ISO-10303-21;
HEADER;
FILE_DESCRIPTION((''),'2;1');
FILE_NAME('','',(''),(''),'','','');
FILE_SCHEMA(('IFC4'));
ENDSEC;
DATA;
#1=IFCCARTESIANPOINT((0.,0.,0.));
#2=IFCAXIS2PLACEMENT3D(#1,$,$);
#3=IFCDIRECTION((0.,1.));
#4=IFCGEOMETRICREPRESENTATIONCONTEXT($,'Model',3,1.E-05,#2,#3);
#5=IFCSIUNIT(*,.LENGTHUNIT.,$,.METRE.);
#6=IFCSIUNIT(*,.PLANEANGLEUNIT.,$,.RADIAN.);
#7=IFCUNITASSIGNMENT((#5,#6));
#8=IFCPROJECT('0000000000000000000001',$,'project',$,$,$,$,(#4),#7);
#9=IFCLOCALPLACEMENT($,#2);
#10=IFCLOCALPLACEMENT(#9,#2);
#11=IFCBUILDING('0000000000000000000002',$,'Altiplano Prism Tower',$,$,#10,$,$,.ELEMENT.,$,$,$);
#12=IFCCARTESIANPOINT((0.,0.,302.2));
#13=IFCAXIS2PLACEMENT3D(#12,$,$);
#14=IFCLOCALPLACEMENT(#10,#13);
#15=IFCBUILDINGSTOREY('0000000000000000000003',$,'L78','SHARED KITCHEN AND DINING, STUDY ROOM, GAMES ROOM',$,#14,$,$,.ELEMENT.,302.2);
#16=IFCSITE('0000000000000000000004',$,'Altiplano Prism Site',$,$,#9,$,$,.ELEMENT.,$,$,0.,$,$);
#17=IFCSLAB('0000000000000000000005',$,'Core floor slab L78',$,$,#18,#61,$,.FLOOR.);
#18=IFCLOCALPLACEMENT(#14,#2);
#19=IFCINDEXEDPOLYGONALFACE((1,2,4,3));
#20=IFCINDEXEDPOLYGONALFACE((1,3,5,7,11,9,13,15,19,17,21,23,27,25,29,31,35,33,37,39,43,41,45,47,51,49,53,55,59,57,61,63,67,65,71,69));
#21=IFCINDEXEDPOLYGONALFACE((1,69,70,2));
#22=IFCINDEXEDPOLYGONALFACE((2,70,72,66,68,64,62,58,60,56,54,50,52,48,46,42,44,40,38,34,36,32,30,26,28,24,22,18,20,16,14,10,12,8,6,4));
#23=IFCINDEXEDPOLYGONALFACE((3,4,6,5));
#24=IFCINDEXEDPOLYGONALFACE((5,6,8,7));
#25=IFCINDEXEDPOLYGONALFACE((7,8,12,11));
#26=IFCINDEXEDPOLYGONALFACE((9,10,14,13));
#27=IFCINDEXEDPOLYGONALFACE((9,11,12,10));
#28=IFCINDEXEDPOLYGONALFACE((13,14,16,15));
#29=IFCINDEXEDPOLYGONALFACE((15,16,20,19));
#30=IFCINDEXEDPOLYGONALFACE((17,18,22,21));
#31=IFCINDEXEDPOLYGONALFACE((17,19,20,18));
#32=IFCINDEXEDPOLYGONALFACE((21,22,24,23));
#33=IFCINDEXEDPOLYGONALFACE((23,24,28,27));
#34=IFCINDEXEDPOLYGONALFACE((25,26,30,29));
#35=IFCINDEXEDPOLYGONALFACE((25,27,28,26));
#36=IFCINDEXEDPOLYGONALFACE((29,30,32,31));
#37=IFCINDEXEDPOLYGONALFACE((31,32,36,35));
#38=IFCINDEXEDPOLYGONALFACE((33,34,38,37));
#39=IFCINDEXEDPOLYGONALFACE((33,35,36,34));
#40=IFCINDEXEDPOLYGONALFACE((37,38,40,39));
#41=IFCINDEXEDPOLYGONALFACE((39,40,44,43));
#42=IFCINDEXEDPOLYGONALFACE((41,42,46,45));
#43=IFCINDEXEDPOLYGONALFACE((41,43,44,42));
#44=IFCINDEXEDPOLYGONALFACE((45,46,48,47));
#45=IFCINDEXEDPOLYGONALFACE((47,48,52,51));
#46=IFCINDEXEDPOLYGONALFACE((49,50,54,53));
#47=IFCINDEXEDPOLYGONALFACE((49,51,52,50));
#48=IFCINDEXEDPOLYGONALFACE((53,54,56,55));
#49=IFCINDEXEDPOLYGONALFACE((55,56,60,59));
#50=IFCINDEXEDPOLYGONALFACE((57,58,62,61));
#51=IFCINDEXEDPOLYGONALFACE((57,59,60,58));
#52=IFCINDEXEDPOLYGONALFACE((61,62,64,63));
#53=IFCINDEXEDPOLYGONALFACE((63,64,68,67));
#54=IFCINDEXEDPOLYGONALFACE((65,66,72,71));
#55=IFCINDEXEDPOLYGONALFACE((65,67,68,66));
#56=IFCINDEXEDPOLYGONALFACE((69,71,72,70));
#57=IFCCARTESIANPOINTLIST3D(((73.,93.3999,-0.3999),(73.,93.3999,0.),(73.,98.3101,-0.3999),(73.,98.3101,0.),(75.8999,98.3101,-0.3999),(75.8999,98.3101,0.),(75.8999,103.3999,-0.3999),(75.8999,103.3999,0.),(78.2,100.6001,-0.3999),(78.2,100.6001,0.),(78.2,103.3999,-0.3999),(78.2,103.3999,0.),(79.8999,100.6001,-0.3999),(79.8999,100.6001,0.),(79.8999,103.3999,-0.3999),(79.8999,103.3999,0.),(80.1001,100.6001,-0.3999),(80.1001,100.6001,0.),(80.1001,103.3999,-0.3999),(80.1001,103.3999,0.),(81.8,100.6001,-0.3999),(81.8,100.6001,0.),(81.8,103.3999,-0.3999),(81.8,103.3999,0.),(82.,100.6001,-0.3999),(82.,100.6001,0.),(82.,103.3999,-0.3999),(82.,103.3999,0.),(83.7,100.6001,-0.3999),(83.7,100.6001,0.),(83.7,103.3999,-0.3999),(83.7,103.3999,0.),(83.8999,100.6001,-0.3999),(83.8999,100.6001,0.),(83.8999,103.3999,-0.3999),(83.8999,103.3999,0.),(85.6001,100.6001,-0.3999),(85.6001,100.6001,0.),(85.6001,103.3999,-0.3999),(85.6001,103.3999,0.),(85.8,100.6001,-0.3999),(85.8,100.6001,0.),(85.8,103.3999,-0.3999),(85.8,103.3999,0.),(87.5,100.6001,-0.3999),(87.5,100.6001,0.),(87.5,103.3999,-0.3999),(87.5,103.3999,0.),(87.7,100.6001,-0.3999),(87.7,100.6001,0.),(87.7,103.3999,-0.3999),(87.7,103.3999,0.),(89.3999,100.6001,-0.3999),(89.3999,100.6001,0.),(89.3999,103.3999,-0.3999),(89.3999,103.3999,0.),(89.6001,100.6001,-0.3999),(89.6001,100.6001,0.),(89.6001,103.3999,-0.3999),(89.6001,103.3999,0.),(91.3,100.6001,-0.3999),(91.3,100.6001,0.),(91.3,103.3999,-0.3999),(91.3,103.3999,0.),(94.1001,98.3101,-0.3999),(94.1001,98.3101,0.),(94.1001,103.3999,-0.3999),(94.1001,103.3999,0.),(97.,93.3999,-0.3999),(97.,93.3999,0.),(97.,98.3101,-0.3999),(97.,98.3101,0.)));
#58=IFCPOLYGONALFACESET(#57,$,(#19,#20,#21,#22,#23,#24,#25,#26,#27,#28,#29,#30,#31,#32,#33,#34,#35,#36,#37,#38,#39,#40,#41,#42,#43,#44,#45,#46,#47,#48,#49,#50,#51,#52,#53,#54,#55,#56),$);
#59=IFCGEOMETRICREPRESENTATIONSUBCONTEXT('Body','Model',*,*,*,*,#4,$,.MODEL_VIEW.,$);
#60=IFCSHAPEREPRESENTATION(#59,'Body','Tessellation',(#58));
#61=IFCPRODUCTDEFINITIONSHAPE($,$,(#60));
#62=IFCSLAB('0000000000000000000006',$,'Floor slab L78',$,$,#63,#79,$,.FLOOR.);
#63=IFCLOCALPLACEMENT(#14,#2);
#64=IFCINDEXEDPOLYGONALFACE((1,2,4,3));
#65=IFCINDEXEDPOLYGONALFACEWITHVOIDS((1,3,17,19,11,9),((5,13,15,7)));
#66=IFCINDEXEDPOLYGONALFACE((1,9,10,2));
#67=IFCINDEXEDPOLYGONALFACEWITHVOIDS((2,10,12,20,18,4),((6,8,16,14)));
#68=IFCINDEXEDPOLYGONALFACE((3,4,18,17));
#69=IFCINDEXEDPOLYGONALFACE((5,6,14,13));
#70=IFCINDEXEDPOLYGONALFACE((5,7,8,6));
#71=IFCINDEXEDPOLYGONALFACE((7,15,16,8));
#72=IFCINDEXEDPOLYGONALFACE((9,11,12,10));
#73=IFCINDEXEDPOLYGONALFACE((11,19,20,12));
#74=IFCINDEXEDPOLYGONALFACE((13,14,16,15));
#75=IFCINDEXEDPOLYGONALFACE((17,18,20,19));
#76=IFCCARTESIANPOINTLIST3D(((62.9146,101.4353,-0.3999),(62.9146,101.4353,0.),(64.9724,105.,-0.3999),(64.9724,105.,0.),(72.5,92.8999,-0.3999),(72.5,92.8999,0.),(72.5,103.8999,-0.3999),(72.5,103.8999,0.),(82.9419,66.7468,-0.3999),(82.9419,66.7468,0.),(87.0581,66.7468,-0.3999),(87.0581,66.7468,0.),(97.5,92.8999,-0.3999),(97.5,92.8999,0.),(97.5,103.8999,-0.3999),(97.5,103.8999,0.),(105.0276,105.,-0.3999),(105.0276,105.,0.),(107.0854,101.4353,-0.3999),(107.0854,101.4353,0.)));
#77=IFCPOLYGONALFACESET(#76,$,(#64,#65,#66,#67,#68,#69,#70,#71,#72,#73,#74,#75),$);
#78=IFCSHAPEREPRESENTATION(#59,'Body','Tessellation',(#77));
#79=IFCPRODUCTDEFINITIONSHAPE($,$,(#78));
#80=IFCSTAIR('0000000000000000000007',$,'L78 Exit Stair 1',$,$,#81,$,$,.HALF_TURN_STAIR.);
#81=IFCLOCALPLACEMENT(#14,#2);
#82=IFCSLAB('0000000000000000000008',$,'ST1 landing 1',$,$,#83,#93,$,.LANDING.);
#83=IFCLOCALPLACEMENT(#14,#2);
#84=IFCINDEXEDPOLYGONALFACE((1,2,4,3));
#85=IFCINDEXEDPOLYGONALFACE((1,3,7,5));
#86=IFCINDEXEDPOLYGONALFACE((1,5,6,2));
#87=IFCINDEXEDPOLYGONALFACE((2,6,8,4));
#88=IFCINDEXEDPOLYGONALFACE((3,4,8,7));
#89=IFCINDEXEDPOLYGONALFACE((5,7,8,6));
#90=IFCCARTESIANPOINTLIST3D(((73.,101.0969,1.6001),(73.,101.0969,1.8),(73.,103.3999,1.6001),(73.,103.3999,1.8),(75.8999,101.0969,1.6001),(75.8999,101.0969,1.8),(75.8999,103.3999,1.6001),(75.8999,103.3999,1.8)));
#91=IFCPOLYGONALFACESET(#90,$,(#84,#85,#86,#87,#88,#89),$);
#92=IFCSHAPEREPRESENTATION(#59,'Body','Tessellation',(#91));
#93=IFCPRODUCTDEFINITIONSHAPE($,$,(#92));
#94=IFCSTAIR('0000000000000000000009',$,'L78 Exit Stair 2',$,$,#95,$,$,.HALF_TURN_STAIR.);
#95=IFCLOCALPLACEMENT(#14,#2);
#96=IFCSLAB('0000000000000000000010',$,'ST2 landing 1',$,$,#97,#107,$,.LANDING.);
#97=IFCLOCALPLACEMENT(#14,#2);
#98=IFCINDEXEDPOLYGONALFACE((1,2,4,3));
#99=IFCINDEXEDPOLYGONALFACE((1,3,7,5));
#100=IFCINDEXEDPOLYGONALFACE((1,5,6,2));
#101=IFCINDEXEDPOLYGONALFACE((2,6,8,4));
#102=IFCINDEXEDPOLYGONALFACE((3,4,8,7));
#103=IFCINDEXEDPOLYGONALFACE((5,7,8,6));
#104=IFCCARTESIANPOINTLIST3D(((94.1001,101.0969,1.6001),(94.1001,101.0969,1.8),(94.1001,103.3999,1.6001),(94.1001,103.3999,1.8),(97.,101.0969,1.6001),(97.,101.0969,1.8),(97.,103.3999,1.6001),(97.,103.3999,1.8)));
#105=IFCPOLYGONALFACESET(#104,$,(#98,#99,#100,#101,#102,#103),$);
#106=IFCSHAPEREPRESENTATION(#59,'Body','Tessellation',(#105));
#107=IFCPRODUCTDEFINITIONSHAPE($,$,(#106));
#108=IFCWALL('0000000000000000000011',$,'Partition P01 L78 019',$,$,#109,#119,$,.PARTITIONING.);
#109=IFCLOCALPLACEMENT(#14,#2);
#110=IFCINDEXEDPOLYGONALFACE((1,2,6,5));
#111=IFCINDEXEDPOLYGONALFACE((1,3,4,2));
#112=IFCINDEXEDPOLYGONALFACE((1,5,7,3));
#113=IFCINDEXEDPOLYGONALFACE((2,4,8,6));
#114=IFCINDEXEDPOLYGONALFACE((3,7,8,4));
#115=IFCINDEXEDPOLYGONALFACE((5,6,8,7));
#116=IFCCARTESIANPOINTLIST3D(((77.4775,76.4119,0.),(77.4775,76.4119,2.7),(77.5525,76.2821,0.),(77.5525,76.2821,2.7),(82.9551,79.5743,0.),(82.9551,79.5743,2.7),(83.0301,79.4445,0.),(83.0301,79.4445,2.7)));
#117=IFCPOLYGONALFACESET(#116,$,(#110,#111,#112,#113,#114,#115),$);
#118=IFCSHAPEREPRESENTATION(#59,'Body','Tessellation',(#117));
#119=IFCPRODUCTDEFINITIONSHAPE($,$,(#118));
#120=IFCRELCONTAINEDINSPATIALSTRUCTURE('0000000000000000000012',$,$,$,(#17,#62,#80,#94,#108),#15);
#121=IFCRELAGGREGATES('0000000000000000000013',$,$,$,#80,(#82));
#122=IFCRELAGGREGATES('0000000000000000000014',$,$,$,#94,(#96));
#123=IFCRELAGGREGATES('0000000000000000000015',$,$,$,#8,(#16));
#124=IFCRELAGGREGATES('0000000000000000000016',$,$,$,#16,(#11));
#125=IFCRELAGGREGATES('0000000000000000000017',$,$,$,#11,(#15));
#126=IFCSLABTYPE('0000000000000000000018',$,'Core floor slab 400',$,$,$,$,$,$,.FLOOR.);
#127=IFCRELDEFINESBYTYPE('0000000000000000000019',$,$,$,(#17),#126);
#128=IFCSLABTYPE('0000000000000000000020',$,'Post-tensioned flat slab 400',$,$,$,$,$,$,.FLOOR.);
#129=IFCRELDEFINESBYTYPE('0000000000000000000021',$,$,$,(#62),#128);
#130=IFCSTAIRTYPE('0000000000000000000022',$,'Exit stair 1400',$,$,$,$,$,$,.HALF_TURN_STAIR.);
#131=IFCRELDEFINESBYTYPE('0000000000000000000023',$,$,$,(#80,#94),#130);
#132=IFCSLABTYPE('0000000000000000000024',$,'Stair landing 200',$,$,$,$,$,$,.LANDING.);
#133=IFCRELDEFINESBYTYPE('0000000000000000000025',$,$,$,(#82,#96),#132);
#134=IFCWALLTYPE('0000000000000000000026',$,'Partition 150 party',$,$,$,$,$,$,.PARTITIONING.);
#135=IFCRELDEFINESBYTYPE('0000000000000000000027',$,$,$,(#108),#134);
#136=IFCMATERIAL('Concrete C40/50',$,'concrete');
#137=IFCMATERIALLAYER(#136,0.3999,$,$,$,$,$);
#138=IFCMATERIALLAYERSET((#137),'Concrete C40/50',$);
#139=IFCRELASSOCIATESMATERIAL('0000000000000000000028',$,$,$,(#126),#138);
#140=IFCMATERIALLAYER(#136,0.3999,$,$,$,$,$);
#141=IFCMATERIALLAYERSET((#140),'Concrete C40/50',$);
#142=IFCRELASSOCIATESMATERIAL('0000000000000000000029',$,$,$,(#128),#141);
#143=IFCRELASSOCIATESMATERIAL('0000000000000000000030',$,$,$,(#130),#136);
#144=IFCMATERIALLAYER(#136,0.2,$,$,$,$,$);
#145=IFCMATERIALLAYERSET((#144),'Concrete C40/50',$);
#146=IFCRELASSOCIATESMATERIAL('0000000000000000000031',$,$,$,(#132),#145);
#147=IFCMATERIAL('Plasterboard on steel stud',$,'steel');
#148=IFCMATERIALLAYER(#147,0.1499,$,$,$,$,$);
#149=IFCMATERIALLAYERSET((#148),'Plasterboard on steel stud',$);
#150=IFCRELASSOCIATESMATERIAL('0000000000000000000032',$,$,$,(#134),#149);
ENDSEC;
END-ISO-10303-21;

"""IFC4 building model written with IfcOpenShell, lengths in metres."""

from ifc_helpers import new_model, si_unit, direction, frame, frame_2d, origin, place, context, subcontext, project, spatial, polyline, rectangle, outline, extrude, material, layer, layer_set, type_object, element, aggregate, save


model = new_model("IFC4")

# Units and contexts
model_context = context("Model", 3, precision=1e-05, world=origin(), true_north=direction((0.0, 1.0)))
body_context = subcontext(model_context, "Body", "Model", "MODEL_VIEW")
ifc_project = project(units=[si_unit("LENGTHUNIT", "METRE"), si_unit("PLANEANGLEUNIT", "RADIAN")], contexts=[model_context])

# Site, building, storey
site_placement = place(None, origin())
site = spatial("IfcSite", under=ifc_project, at=site_placement, Name="Altiplano Prism Site", CompositionType="ELEMENT", RefElevation=0.0)
building_placement = place(site_placement, origin())
building = spatial("IfcBuilding", under=site, at=building_placement, Name="Altiplano Prism Tower", CompositionType="ELEMENT")
storey_placement = place(building_placement, frame((0.0, 0.0, 302.2)))
storey = spatial("IfcBuildingStorey", under=building, at=storey_placement, Name="L78", Description="SHARED KITCHEN AND DINING, STUDY ROOM, GAMES ROOM", CompositionType="ELEMENT", Elevation=302.2)

# Slabs
ifc_material_1 = material(Name="Concrete C40/50", Category="concrete")
ifc_layer_1 = layer(ifc_material_1, 0.3999)
ifc_layer_set_1 = layer_set([ifc_layer_1], Name="Concrete C40/50")
slab_type_1 = type_object("IfcSlabType", Name="Core floor slab 400", PredefinedType="FLOOR", material=ifc_layer_set_1)
slab_1_placement = place(storey_placement, frame((0.0, 0.0, -0.3999)))
element("IfcSlab", 1, at=slab_1_placement, inside=storey, type_object=slab_type_1, Name="Core floor slab L78", PredefinedType="FLOOR", context=body_context, shape_type="SweptSolid", body=[
    extrude(outline(polyline([(97.0, 98.3101), (94.1001, 98.3101), (94.1001, 103.3999), (91.3, 103.3999), (91.3, 100.6001), (89.6001, 100.6001), (89.6001, 103.3999), (89.3999, 103.3999), (89.3999, 100.6001), (87.7, 100.6001), (87.7, 103.3999), (87.5, 103.3999), (87.5, 100.6001), (85.8, 100.6001), (85.8, 103.3999), (85.6001, 103.3999), (85.6001, 100.6001), (83.8999, 100.6001), (83.8999, 103.3999), (83.7, 103.3999), (83.7, 100.6001), (82.0, 100.6001), (82.0, 103.3999), (81.8, 103.3999), (81.8, 100.6001), (80.1001, 100.6001), (80.1001, 103.3999), (79.8999, 103.3999), (79.8999, 100.6001), (78.2, 100.6001), (78.2, 103.3999), (75.8999, 103.3999), (75.8999, 98.3101), (73.0, 98.3101), (73.0, 93.3999), (97.0, 93.3999), (97.0, 98.3101)])), origin(), (0.0, 0.0, 1.0), 0.3999),
])
ifc_layer_2 = layer(ifc_material_1, 0.3999)
ifc_layer_set_2 = layer_set([ifc_layer_2], Name="Concrete C40/50")
slab_type_2 = type_object("IfcSlabType", Name="Post-tensioned flat slab 400", PredefinedType="FLOOR", material=ifc_layer_set_2)
slab_2_placement = place(storey_placement, frame((0.0, 0.0, -0.3999)))
element("IfcSlab", 2, at=slab_2_placement, inside=storey, type_object=slab_type_2, Name="Floor slab L78", PredefinedType="FLOOR", context=body_context, shape_type="SweptSolid", body=[
    extrude(outline(polyline([(107.0854, 101.4353), (87.0581, 66.7468), (82.9419, 66.7468), (62.9146, 101.4353), (64.9724, 105.0), (105.0276, 105.0), (107.0854, 101.4353)]), holes=[polyline([(97.5, 92.8999), (97.5, 103.8999), (72.5, 103.8999), (72.5, 92.8999), (97.5, 92.8999)])]), origin(), (0.0, 0.0, 1.0), 0.3999),
])

# Stairs, slabs
stair_type = type_object("IfcStairType", Name="Exit stair 1400", PredefinedType="HALF_TURN_STAIR", material=ifc_material_1)
stair_1_placement = place(storey_placement, origin())
stair_1 = element("IfcStair", 3, at=stair_1_placement, inside=storey, type_object=stair_type, Name="L78 Exit Stair 1", PredefinedType="HALF_TURN_STAIR")
ifc_layer_3 = layer(ifc_material_1, 0.2)
ifc_layer_set_3 = layer_set([ifc_layer_3], Name="Concrete C40/50")
slab_type_3 = type_object("IfcSlabType", Name="Stair landing 200", PredefinedType="LANDING", material=ifc_layer_set_3)
slab_3_placement = place(storey_placement, frame((0.0, 0.0, 1.6001)))
slab_3 = element("IfcSlab", 4, at=slab_3_placement, type_object=slab_type_3, Name="ST1 landing 1", PredefinedType="LANDING", context=body_context, shape_type="SweptSolid", body=[
    extrude(outline(polyline([(75.8999, 101.0969), (75.8999, 103.3999), (73.0, 103.3999), (73.0, 101.0969), (75.8999, 101.0969)])), origin(), (0.0, 0.0, 1.0), 0.2),
])
aggregate(stair_1, [slab_3])
stair_2_placement = place(storey_placement, origin())
stair_2 = element("IfcStair", 5, at=stair_2_placement, inside=storey, type_object=stair_type, Name="L78 Exit Stair 2", PredefinedType="HALF_TURN_STAIR")
slab_4_placement = place(storey_placement, frame((0.0, 0.0, 1.6001)))
slab_4 = element("IfcSlab", 6, at=slab_4_placement, type_object=slab_type_3, Name="ST2 landing 1", PredefinedType="LANDING", context=body_context, shape_type="SweptSolid", body=[
    extrude(outline(polyline([(97.0, 101.0969), (97.0, 103.3999), (94.1001, 103.3999), (94.1001, 101.0969), (97.0, 101.0969)])), origin(), (0.0, 0.0, 1.0), 0.2),
])
aggregate(stair_2, [slab_4])

# Wall
ifc_material_2 = material(Name="Plasterboard on steel stud", Category="steel")
ifc_layer_4 = layer(ifc_material_2, 0.1499)
ifc_layer_set_4 = layer_set([ifc_layer_4], Name="Plasterboard on steel stud")
wall_type = type_object("IfcWallType", Name="Partition 150 party", PredefinedType="PARTITIONING", material=ifc_layer_set_4)
wall_placement = place(storey_placement, frame((77.5149, 76.3469, 0.0), z_axis=(0.0, 0.0, 1.0), x_axis=(0.866033, 0.499988, 0.0)))
element("IfcWall", 7, at=wall_placement, inside=storey, type_object=wall_type, Name="Partition P01 L78 019", PredefinedType="PARTITIONING", context=body_context, shape_type="SweptSolid", body=[
    extrude(rectangle(XDim=6.325, YDim=0.1499, at=frame_2d((3.1626, 0.0))), origin(), (0.0, 0.0, 1.0), 2.7),
])

save(model, "model.ifc")
